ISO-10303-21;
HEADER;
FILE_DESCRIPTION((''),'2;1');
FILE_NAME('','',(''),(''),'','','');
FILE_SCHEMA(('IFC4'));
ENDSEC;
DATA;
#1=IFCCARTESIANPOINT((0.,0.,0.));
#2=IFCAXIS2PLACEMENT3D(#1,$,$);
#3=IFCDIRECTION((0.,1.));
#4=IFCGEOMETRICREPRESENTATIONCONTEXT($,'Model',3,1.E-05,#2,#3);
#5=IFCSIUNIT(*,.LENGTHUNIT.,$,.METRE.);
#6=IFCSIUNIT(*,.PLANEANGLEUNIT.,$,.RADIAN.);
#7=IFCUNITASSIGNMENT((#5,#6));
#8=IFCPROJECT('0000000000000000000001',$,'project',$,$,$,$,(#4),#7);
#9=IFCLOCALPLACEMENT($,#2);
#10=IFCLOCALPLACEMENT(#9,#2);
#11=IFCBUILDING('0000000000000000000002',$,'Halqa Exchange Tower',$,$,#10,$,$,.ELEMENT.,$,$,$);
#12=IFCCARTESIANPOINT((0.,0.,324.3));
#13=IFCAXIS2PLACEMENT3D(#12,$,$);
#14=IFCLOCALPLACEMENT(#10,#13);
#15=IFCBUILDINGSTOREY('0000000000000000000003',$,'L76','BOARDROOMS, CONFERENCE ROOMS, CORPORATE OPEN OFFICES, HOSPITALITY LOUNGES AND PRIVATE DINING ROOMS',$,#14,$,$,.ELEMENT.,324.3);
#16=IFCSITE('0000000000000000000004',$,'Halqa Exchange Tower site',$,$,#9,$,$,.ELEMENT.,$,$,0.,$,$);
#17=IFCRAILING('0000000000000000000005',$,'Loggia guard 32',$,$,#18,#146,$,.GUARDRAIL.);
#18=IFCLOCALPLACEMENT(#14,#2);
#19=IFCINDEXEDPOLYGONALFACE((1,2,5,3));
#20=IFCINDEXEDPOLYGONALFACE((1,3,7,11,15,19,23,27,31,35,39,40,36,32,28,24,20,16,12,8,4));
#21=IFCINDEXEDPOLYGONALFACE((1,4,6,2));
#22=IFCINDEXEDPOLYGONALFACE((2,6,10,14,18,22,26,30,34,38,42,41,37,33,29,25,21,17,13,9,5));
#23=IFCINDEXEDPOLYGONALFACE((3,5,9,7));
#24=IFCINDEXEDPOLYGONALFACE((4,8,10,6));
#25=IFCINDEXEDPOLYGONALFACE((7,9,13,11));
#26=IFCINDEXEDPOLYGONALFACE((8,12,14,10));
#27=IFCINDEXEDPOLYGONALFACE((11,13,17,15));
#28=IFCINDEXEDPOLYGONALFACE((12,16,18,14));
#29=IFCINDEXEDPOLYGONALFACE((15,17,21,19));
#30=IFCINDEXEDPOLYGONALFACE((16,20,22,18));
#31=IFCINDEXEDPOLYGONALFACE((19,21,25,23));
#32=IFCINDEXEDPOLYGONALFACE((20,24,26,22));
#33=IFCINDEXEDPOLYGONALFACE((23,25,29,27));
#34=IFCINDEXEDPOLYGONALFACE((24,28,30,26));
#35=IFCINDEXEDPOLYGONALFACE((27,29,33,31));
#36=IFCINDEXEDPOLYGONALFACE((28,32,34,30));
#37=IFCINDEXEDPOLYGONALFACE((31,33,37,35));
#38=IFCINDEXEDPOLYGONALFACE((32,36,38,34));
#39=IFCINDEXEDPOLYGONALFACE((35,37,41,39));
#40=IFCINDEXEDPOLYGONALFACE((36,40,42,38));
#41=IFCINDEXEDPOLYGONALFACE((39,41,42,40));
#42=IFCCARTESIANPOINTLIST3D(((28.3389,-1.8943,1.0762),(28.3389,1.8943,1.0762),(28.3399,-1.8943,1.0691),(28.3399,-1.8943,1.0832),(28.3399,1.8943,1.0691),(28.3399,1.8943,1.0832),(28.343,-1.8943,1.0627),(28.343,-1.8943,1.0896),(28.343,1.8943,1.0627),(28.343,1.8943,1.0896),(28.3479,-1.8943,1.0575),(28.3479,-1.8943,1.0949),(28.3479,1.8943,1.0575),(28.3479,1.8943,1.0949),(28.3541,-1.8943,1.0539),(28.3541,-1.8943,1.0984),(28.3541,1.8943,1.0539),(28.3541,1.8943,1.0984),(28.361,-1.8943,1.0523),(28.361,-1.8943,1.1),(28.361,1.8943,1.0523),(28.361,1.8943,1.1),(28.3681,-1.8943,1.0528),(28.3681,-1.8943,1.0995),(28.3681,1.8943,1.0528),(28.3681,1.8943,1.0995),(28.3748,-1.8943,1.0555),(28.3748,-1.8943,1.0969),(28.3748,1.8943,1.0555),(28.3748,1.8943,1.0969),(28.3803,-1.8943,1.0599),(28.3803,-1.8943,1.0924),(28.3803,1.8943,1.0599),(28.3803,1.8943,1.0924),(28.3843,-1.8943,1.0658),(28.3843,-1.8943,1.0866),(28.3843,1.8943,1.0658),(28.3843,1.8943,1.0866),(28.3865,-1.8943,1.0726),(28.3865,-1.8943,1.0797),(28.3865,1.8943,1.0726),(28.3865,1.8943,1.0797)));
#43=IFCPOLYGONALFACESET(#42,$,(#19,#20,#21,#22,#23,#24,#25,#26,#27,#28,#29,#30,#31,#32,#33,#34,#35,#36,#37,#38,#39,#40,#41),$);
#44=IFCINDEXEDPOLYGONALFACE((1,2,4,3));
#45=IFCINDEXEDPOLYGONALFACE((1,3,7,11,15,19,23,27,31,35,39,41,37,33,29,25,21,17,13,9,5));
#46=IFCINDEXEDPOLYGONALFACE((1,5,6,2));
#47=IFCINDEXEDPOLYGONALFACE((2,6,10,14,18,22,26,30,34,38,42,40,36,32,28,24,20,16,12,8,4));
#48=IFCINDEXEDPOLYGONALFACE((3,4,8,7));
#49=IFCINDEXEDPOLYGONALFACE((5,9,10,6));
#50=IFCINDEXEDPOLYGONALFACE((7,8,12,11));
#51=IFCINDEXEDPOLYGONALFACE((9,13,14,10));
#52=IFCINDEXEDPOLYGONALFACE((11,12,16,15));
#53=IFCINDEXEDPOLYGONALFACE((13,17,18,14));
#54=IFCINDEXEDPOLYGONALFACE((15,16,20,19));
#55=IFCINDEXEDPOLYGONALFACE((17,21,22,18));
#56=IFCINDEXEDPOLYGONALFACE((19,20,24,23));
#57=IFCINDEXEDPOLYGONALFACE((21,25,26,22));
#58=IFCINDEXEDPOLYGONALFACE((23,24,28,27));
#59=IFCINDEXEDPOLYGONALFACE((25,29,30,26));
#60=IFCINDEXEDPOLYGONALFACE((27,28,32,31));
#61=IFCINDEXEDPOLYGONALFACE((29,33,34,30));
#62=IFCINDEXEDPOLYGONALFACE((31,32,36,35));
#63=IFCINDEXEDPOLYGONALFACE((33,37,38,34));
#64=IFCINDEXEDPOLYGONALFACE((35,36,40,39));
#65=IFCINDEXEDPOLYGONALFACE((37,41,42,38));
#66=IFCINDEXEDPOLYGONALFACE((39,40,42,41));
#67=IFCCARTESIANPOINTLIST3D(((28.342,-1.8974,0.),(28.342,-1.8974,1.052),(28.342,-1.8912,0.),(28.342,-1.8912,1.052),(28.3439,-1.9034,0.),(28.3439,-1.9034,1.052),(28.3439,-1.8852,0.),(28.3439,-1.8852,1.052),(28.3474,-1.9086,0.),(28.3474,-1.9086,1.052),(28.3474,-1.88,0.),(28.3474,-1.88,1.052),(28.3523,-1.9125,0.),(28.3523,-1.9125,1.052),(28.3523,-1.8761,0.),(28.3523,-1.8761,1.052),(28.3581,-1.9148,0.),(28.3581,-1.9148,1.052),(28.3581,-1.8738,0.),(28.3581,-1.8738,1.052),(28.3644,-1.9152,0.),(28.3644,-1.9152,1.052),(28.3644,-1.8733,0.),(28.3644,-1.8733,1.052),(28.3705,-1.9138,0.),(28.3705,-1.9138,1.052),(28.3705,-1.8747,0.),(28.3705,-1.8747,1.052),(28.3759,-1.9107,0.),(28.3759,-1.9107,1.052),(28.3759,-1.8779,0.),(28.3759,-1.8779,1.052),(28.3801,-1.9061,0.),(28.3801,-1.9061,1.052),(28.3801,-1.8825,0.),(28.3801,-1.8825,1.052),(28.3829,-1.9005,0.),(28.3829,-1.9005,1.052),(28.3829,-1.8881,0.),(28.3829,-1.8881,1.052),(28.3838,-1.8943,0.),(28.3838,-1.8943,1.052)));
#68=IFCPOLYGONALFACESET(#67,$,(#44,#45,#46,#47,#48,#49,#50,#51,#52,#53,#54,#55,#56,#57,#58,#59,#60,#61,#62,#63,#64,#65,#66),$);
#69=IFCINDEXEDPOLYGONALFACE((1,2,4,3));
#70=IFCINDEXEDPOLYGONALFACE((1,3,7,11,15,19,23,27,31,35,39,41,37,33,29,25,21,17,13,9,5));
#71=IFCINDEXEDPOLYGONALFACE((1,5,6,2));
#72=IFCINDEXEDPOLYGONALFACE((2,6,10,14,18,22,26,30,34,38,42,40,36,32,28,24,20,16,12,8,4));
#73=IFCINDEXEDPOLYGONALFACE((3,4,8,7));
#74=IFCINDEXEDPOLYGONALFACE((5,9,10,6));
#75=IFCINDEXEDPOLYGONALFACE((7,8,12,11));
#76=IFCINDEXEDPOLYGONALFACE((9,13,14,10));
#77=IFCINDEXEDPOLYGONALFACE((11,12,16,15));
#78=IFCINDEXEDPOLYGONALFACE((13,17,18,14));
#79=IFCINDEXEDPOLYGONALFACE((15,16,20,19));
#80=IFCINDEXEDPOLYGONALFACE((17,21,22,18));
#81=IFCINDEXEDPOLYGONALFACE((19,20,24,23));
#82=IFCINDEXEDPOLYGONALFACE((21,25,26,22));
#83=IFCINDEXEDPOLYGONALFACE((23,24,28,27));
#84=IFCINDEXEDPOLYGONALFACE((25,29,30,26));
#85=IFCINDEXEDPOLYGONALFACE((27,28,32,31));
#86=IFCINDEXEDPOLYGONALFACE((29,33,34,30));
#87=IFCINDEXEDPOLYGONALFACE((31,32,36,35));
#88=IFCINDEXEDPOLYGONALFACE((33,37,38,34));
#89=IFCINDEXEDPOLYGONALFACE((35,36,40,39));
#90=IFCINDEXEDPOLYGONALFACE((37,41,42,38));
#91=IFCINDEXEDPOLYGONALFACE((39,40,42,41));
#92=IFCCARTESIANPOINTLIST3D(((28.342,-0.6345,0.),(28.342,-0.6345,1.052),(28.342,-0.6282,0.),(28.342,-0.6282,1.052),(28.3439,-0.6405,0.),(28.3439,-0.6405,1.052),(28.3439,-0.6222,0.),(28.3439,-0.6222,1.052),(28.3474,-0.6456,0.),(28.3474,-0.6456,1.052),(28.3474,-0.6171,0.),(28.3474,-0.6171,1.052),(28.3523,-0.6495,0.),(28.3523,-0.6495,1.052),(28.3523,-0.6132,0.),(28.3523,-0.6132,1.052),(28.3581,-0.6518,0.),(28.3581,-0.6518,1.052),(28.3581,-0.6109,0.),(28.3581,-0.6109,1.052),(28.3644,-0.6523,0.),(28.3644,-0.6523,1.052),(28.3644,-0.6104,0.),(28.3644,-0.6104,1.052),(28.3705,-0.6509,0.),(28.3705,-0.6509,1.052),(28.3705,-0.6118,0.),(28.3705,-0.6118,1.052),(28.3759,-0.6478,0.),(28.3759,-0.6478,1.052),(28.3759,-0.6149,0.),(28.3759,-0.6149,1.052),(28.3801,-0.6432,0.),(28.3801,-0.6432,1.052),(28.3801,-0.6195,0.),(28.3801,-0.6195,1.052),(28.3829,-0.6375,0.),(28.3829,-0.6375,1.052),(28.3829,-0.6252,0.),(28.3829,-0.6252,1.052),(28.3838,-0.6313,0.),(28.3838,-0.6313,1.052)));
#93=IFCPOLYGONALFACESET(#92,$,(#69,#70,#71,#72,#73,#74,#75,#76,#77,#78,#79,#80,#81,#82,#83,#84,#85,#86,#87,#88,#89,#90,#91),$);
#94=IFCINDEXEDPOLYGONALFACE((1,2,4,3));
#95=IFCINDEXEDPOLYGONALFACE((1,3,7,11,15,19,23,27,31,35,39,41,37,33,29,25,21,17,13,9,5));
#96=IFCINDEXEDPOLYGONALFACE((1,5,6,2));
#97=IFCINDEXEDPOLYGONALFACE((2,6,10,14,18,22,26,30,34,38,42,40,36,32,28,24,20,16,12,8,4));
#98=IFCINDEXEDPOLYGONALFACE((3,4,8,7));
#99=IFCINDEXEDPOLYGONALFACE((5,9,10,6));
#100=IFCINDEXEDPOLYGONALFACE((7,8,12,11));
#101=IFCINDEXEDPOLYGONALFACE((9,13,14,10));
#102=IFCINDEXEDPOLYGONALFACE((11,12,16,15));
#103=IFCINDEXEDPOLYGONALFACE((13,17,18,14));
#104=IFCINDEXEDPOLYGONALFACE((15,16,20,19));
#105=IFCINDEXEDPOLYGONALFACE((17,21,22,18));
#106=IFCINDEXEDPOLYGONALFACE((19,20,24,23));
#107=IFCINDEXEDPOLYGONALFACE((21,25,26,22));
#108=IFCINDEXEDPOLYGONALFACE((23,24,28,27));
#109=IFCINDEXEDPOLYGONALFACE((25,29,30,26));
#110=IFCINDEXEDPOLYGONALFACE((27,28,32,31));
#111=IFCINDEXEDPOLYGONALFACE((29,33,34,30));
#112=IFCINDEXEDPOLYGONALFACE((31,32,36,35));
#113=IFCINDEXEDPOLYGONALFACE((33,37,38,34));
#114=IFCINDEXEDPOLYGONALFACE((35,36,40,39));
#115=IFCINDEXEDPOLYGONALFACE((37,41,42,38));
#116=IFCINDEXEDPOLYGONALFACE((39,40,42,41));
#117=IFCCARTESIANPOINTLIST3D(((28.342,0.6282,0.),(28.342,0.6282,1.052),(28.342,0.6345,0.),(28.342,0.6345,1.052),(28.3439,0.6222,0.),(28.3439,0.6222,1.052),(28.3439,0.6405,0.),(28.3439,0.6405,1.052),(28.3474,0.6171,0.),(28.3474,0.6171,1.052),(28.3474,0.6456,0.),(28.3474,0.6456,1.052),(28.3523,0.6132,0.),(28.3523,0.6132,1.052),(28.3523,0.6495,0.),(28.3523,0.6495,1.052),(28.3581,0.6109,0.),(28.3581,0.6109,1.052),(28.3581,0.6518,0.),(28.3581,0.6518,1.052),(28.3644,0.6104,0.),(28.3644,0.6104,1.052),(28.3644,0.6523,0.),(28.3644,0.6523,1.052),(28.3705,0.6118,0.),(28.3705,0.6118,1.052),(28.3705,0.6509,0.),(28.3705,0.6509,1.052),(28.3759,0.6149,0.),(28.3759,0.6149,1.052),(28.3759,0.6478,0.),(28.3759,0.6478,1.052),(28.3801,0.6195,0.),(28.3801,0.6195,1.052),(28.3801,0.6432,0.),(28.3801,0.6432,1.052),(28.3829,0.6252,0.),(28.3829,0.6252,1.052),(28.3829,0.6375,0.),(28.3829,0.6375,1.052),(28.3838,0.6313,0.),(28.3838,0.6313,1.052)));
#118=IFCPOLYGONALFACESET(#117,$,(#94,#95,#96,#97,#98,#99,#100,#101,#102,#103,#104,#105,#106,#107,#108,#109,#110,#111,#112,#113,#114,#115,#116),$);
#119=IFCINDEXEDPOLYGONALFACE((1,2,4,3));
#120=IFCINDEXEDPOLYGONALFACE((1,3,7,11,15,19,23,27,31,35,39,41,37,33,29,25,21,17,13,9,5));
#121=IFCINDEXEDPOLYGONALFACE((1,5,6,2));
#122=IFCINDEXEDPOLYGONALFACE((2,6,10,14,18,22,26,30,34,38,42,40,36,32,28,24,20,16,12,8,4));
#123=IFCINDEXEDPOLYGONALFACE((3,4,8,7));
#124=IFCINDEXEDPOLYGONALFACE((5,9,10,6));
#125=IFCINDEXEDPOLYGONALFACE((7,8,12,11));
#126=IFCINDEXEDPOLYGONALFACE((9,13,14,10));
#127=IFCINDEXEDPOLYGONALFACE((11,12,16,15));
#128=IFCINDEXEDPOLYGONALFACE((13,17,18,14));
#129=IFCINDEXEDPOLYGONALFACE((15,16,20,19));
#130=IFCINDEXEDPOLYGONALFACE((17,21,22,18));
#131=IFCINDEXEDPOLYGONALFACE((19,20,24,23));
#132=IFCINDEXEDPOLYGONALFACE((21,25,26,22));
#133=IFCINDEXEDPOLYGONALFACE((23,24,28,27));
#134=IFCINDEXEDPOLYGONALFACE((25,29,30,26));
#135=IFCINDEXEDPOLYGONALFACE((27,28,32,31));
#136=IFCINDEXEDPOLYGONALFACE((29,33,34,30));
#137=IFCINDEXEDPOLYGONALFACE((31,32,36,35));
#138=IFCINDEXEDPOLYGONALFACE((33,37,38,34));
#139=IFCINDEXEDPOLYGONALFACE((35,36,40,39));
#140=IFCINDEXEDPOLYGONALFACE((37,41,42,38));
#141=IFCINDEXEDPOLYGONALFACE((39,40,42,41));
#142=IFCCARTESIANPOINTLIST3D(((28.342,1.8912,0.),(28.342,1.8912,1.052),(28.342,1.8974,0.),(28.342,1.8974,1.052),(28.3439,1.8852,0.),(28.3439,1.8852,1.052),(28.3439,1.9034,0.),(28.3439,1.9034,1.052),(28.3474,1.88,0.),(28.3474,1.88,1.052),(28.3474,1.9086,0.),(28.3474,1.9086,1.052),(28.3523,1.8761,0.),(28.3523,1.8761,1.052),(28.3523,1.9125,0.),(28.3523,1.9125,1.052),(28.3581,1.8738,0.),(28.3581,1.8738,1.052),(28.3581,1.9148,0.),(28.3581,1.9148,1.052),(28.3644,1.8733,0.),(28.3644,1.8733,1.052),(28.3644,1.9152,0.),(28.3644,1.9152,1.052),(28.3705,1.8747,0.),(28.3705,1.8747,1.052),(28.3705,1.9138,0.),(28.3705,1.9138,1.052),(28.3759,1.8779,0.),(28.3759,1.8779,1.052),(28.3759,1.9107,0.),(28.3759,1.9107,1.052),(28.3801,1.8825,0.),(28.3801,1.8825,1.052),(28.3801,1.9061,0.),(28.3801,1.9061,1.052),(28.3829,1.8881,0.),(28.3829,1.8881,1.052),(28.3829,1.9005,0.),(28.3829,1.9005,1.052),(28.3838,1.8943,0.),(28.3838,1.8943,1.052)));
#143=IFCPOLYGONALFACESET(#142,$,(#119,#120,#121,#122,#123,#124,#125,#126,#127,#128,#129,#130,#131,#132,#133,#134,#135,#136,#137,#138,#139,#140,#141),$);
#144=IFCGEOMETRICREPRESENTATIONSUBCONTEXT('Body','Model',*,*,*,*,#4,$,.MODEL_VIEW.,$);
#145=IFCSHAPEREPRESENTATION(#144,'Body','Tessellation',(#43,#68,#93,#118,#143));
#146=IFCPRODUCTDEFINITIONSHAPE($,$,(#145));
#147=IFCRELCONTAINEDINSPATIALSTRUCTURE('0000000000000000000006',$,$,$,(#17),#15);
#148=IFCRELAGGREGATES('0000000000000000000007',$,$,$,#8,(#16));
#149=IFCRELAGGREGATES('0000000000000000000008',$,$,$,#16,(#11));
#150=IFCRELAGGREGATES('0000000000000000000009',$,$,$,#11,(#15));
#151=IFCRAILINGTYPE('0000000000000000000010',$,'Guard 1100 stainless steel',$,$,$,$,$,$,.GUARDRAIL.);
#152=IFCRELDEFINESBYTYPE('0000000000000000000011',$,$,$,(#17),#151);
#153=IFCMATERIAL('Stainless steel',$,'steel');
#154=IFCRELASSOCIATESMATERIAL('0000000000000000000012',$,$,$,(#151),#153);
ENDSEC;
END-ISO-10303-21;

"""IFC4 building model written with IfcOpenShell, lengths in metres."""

from ifc_helpers import new_model, si_unit, direction, frame, origin, origin_2d, place, context, subcontext, project, spatial, circle, extrude, material, type_object, element, save


model = new_model("IFC4")

# Units and contexts
model_context = context("Model", 3, precision=1e-05, world=origin(), true_north=direction((0.0, 1.0)))
body_context = subcontext(model_context, "Body", "Model", "MODEL_VIEW")
ifc_project = project(units=[si_unit("LENGTHUNIT", "METRE"), si_unit("PLANEANGLEUNIT", "RADIAN")], contexts=[model_context])

# Site, building, storey
site_placement = place(None, origin())
site = spatial("IfcSite", under=ifc_project, at=site_placement, Name="Halqa Exchange Tower site", CompositionType="ELEMENT", RefElevation=0.0)
building_placement = place(site_placement, origin())
building = spatial("IfcBuilding", under=site, at=building_placement, Name="Halqa Exchange Tower", CompositionType="ELEMENT")
storey_placement = place(building_placement, frame((0.0, 0.0, 324.3)))
storey = spatial("IfcBuildingStorey", under=building, at=storey_placement, Name="L76", Description="BOARDROOMS, CONFERENCE ROOMS, CORPORATE OPEN OFFICES, HOSPITALITY LOUNGES AND PRIVATE DINING ROOMS", CompositionType="ELEMENT", Elevation=324.3)

# Railing
ifc_material_1 = material(Name="Stainless steel", Category="steel")
railing_type = type_object("IfcRailingType", Name="Guard 1100 stainless steel", PredefinedType="GUARDRAIL", material=ifc_material_1)
railing_1_placement = place(storey_placement, frame((28.3628, -1.8943, 0.0)))
element("IfcRailing", 1, at=railing_1_placement, inside=storey, type_object=railing_type, Name="Loggia guard 32", PredefinedType="GUARDRAIL", context=body_context, shape_type="SweptSolid", body=[
    extrude(circle(Radius=0.0239, at=origin_2d()), frame((0.0, 0.0, 1.0762), z_axis=(0.0, 1.0, 0.0), x_axis=(-1.0, 0.0, 0.0)), (0.0, 0.0, 1.0), 3.7886),
    extrude(circle(Radius=0.021, at=origin_2d()), origin(), (0.0, 0.0, 1.0), 1.052),
    extrude(circle(Radius=0.021, at=origin_2d()), frame((0.0, 1.2629, 0.0)), (0.0, 0.0, 1.0), 1.052),
    extrude(circle(Radius=0.021, at=origin_2d()), frame((0.0, 2.5256, 0.0)), (0.0, 0.0, 1.0), 1.052),
    extrude(circle(Radius=0.021, at=origin_2d()), frame((0.0, 3.7886, 0.0)), (0.0, 0.0, 1.0), 1.052),
])

save(model, "model.ifc")
